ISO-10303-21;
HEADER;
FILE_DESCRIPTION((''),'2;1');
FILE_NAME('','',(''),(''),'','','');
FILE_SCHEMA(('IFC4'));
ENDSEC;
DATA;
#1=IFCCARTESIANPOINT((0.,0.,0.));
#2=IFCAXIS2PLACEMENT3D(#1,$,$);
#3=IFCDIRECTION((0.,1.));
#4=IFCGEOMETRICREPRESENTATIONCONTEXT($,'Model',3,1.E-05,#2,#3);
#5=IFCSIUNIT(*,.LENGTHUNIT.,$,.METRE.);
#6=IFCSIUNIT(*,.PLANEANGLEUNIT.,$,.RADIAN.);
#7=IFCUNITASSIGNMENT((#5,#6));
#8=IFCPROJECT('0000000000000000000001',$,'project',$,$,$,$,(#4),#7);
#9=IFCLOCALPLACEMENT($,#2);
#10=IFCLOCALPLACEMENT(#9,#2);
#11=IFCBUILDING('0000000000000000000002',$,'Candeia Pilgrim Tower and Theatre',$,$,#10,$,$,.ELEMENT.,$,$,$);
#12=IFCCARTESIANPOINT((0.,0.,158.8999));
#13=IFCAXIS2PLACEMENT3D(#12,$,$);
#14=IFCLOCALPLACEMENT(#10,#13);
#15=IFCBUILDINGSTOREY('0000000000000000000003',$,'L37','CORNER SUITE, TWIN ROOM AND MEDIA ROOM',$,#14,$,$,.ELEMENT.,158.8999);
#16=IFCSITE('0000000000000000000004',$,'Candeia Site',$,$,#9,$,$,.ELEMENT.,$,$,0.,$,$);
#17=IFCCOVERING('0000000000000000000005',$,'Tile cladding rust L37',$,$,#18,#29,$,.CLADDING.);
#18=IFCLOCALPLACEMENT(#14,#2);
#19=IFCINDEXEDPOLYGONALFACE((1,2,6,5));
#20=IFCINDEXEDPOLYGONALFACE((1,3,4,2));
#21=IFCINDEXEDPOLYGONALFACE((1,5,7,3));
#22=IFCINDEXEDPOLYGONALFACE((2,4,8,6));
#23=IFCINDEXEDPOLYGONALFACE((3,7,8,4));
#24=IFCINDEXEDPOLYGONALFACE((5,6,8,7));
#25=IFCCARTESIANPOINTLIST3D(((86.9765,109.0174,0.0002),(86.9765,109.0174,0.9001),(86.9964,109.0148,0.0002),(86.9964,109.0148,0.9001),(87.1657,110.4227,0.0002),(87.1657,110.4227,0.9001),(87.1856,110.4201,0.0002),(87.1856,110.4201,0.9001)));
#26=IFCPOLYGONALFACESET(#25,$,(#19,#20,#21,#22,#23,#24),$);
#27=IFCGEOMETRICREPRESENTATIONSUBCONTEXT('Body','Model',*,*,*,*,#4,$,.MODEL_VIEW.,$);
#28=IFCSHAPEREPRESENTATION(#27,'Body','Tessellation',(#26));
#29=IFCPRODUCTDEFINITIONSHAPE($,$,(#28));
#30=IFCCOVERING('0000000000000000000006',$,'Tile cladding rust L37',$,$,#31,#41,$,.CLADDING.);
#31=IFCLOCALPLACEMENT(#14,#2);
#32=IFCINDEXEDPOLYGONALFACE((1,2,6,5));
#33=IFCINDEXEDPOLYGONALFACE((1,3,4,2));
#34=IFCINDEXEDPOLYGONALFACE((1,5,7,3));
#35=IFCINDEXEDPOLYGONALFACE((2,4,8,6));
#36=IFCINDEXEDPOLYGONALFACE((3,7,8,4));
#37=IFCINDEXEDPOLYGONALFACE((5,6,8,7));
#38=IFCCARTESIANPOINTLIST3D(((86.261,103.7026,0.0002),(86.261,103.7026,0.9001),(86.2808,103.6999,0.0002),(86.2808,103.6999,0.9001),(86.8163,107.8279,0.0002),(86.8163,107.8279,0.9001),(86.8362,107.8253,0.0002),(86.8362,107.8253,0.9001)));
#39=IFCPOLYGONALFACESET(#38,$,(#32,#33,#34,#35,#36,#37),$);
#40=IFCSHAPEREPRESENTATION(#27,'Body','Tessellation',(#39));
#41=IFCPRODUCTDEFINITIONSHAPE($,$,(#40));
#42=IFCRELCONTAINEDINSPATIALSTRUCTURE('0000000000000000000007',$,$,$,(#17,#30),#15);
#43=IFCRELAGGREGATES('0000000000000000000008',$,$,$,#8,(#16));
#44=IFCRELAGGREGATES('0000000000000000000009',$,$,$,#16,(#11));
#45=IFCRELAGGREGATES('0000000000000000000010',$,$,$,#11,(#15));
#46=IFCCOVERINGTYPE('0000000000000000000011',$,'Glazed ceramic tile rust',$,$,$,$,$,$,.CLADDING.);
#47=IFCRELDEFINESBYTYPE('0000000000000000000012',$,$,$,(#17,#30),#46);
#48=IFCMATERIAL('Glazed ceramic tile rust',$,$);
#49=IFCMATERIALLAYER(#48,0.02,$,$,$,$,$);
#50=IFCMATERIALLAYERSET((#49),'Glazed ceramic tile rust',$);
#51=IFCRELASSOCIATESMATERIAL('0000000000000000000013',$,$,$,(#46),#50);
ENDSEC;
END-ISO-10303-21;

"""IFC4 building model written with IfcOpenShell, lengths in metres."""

from ifc_helpers import new_model, si_unit, direction, frame, origin, origin_2d, place, context, subcontext, project, spatial, rectangle, extrude, material, layer, layer_set, type_object, element, save


model = new_model("IFC4")

# Units and contexts
model_context = context("Model", 3, precision=1e-05, world=origin(), true_north=direction((0.0, 1.0)))
body_context = subcontext(model_context, "Body", "Model", "MODEL_VIEW")
ifc_project = project(units=[si_unit("LENGTHUNIT", "METRE"), si_unit("PLANEANGLEUNIT", "RADIAN")], contexts=[model_context])

# Site, building, storey
site_placement = place(None, origin())
site = spatial("IfcSite", under=ifc_project, at=site_placement, Name="Candeia Site", CompositionType="ELEMENT", RefElevation=0.0)
building_placement = place(site_placement, origin())
building = spatial("IfcBuilding", under=site, at=building_placement, Name="Candeia Pilgrim Tower and Theatre", CompositionType="ELEMENT")
storey_placement = place(building_placement, frame((0.0, 0.0, 158.8999)))
storey = spatial("IfcBuildingStorey", under=building, at=storey_placement, Name="L37", Description="CORNER SUITE, TWIN ROOM AND MEDIA ROOM", CompositionType="ELEMENT", Elevation=158.8999)

# Coverings
ifc_material_1 = material(Name="Glazed ceramic tile rust")
ifc_layer_1 = layer(ifc_material_1, 0.02)
ifc_layer_set_1 = layer_set([ifc_layer_1], Name="Glazed ceramic tile rust")
covering_type = type_object("IfcCoveringType", Name="Glazed ceramic tile rust", PredefinedType="CLADDING", material=ifc_layer_set_1)
covering_1_placement = place(storey_placement, frame((87.0811, 109.7188, 0.0002), z_axis=(0.0, 0.0, 1.0), x_axis=(-0.133412, -0.991061, 0.0)))
element("IfcCovering", 1, at=covering_1_placement, inside=storey, type_object=covering_type, Name="Tile cladding rust L37", PredefinedType="CLADDING", context=body_context, shape_type="SweptSolid", body=[
    extrude(rectangle(XDim=1.418, YDim=0.02, at=origin_2d()), origin(), (0.0, 0.0, 1.0), 0.8999),
])
covering_2_placement = place(storey_placement, frame((86.5486, 105.7639, 0.0002), z_axis=(0.0, 0.0, 1.0), x_axis=(-0.133412, -0.991061, 0.0)))
element("IfcCovering", 2, at=covering_2_placement, inside=storey, type_object=covering_type, Name="Tile cladding rust L37", PredefinedType="CLADDING", context=body_context, shape_type="SweptSolid", body=[
    extrude(rectangle(XDim=4.1626, YDim=0.02, at=origin_2d()), origin(), (0.0, 0.0, 1.0), 0.8999),
])

save(model, "model.ifc")
